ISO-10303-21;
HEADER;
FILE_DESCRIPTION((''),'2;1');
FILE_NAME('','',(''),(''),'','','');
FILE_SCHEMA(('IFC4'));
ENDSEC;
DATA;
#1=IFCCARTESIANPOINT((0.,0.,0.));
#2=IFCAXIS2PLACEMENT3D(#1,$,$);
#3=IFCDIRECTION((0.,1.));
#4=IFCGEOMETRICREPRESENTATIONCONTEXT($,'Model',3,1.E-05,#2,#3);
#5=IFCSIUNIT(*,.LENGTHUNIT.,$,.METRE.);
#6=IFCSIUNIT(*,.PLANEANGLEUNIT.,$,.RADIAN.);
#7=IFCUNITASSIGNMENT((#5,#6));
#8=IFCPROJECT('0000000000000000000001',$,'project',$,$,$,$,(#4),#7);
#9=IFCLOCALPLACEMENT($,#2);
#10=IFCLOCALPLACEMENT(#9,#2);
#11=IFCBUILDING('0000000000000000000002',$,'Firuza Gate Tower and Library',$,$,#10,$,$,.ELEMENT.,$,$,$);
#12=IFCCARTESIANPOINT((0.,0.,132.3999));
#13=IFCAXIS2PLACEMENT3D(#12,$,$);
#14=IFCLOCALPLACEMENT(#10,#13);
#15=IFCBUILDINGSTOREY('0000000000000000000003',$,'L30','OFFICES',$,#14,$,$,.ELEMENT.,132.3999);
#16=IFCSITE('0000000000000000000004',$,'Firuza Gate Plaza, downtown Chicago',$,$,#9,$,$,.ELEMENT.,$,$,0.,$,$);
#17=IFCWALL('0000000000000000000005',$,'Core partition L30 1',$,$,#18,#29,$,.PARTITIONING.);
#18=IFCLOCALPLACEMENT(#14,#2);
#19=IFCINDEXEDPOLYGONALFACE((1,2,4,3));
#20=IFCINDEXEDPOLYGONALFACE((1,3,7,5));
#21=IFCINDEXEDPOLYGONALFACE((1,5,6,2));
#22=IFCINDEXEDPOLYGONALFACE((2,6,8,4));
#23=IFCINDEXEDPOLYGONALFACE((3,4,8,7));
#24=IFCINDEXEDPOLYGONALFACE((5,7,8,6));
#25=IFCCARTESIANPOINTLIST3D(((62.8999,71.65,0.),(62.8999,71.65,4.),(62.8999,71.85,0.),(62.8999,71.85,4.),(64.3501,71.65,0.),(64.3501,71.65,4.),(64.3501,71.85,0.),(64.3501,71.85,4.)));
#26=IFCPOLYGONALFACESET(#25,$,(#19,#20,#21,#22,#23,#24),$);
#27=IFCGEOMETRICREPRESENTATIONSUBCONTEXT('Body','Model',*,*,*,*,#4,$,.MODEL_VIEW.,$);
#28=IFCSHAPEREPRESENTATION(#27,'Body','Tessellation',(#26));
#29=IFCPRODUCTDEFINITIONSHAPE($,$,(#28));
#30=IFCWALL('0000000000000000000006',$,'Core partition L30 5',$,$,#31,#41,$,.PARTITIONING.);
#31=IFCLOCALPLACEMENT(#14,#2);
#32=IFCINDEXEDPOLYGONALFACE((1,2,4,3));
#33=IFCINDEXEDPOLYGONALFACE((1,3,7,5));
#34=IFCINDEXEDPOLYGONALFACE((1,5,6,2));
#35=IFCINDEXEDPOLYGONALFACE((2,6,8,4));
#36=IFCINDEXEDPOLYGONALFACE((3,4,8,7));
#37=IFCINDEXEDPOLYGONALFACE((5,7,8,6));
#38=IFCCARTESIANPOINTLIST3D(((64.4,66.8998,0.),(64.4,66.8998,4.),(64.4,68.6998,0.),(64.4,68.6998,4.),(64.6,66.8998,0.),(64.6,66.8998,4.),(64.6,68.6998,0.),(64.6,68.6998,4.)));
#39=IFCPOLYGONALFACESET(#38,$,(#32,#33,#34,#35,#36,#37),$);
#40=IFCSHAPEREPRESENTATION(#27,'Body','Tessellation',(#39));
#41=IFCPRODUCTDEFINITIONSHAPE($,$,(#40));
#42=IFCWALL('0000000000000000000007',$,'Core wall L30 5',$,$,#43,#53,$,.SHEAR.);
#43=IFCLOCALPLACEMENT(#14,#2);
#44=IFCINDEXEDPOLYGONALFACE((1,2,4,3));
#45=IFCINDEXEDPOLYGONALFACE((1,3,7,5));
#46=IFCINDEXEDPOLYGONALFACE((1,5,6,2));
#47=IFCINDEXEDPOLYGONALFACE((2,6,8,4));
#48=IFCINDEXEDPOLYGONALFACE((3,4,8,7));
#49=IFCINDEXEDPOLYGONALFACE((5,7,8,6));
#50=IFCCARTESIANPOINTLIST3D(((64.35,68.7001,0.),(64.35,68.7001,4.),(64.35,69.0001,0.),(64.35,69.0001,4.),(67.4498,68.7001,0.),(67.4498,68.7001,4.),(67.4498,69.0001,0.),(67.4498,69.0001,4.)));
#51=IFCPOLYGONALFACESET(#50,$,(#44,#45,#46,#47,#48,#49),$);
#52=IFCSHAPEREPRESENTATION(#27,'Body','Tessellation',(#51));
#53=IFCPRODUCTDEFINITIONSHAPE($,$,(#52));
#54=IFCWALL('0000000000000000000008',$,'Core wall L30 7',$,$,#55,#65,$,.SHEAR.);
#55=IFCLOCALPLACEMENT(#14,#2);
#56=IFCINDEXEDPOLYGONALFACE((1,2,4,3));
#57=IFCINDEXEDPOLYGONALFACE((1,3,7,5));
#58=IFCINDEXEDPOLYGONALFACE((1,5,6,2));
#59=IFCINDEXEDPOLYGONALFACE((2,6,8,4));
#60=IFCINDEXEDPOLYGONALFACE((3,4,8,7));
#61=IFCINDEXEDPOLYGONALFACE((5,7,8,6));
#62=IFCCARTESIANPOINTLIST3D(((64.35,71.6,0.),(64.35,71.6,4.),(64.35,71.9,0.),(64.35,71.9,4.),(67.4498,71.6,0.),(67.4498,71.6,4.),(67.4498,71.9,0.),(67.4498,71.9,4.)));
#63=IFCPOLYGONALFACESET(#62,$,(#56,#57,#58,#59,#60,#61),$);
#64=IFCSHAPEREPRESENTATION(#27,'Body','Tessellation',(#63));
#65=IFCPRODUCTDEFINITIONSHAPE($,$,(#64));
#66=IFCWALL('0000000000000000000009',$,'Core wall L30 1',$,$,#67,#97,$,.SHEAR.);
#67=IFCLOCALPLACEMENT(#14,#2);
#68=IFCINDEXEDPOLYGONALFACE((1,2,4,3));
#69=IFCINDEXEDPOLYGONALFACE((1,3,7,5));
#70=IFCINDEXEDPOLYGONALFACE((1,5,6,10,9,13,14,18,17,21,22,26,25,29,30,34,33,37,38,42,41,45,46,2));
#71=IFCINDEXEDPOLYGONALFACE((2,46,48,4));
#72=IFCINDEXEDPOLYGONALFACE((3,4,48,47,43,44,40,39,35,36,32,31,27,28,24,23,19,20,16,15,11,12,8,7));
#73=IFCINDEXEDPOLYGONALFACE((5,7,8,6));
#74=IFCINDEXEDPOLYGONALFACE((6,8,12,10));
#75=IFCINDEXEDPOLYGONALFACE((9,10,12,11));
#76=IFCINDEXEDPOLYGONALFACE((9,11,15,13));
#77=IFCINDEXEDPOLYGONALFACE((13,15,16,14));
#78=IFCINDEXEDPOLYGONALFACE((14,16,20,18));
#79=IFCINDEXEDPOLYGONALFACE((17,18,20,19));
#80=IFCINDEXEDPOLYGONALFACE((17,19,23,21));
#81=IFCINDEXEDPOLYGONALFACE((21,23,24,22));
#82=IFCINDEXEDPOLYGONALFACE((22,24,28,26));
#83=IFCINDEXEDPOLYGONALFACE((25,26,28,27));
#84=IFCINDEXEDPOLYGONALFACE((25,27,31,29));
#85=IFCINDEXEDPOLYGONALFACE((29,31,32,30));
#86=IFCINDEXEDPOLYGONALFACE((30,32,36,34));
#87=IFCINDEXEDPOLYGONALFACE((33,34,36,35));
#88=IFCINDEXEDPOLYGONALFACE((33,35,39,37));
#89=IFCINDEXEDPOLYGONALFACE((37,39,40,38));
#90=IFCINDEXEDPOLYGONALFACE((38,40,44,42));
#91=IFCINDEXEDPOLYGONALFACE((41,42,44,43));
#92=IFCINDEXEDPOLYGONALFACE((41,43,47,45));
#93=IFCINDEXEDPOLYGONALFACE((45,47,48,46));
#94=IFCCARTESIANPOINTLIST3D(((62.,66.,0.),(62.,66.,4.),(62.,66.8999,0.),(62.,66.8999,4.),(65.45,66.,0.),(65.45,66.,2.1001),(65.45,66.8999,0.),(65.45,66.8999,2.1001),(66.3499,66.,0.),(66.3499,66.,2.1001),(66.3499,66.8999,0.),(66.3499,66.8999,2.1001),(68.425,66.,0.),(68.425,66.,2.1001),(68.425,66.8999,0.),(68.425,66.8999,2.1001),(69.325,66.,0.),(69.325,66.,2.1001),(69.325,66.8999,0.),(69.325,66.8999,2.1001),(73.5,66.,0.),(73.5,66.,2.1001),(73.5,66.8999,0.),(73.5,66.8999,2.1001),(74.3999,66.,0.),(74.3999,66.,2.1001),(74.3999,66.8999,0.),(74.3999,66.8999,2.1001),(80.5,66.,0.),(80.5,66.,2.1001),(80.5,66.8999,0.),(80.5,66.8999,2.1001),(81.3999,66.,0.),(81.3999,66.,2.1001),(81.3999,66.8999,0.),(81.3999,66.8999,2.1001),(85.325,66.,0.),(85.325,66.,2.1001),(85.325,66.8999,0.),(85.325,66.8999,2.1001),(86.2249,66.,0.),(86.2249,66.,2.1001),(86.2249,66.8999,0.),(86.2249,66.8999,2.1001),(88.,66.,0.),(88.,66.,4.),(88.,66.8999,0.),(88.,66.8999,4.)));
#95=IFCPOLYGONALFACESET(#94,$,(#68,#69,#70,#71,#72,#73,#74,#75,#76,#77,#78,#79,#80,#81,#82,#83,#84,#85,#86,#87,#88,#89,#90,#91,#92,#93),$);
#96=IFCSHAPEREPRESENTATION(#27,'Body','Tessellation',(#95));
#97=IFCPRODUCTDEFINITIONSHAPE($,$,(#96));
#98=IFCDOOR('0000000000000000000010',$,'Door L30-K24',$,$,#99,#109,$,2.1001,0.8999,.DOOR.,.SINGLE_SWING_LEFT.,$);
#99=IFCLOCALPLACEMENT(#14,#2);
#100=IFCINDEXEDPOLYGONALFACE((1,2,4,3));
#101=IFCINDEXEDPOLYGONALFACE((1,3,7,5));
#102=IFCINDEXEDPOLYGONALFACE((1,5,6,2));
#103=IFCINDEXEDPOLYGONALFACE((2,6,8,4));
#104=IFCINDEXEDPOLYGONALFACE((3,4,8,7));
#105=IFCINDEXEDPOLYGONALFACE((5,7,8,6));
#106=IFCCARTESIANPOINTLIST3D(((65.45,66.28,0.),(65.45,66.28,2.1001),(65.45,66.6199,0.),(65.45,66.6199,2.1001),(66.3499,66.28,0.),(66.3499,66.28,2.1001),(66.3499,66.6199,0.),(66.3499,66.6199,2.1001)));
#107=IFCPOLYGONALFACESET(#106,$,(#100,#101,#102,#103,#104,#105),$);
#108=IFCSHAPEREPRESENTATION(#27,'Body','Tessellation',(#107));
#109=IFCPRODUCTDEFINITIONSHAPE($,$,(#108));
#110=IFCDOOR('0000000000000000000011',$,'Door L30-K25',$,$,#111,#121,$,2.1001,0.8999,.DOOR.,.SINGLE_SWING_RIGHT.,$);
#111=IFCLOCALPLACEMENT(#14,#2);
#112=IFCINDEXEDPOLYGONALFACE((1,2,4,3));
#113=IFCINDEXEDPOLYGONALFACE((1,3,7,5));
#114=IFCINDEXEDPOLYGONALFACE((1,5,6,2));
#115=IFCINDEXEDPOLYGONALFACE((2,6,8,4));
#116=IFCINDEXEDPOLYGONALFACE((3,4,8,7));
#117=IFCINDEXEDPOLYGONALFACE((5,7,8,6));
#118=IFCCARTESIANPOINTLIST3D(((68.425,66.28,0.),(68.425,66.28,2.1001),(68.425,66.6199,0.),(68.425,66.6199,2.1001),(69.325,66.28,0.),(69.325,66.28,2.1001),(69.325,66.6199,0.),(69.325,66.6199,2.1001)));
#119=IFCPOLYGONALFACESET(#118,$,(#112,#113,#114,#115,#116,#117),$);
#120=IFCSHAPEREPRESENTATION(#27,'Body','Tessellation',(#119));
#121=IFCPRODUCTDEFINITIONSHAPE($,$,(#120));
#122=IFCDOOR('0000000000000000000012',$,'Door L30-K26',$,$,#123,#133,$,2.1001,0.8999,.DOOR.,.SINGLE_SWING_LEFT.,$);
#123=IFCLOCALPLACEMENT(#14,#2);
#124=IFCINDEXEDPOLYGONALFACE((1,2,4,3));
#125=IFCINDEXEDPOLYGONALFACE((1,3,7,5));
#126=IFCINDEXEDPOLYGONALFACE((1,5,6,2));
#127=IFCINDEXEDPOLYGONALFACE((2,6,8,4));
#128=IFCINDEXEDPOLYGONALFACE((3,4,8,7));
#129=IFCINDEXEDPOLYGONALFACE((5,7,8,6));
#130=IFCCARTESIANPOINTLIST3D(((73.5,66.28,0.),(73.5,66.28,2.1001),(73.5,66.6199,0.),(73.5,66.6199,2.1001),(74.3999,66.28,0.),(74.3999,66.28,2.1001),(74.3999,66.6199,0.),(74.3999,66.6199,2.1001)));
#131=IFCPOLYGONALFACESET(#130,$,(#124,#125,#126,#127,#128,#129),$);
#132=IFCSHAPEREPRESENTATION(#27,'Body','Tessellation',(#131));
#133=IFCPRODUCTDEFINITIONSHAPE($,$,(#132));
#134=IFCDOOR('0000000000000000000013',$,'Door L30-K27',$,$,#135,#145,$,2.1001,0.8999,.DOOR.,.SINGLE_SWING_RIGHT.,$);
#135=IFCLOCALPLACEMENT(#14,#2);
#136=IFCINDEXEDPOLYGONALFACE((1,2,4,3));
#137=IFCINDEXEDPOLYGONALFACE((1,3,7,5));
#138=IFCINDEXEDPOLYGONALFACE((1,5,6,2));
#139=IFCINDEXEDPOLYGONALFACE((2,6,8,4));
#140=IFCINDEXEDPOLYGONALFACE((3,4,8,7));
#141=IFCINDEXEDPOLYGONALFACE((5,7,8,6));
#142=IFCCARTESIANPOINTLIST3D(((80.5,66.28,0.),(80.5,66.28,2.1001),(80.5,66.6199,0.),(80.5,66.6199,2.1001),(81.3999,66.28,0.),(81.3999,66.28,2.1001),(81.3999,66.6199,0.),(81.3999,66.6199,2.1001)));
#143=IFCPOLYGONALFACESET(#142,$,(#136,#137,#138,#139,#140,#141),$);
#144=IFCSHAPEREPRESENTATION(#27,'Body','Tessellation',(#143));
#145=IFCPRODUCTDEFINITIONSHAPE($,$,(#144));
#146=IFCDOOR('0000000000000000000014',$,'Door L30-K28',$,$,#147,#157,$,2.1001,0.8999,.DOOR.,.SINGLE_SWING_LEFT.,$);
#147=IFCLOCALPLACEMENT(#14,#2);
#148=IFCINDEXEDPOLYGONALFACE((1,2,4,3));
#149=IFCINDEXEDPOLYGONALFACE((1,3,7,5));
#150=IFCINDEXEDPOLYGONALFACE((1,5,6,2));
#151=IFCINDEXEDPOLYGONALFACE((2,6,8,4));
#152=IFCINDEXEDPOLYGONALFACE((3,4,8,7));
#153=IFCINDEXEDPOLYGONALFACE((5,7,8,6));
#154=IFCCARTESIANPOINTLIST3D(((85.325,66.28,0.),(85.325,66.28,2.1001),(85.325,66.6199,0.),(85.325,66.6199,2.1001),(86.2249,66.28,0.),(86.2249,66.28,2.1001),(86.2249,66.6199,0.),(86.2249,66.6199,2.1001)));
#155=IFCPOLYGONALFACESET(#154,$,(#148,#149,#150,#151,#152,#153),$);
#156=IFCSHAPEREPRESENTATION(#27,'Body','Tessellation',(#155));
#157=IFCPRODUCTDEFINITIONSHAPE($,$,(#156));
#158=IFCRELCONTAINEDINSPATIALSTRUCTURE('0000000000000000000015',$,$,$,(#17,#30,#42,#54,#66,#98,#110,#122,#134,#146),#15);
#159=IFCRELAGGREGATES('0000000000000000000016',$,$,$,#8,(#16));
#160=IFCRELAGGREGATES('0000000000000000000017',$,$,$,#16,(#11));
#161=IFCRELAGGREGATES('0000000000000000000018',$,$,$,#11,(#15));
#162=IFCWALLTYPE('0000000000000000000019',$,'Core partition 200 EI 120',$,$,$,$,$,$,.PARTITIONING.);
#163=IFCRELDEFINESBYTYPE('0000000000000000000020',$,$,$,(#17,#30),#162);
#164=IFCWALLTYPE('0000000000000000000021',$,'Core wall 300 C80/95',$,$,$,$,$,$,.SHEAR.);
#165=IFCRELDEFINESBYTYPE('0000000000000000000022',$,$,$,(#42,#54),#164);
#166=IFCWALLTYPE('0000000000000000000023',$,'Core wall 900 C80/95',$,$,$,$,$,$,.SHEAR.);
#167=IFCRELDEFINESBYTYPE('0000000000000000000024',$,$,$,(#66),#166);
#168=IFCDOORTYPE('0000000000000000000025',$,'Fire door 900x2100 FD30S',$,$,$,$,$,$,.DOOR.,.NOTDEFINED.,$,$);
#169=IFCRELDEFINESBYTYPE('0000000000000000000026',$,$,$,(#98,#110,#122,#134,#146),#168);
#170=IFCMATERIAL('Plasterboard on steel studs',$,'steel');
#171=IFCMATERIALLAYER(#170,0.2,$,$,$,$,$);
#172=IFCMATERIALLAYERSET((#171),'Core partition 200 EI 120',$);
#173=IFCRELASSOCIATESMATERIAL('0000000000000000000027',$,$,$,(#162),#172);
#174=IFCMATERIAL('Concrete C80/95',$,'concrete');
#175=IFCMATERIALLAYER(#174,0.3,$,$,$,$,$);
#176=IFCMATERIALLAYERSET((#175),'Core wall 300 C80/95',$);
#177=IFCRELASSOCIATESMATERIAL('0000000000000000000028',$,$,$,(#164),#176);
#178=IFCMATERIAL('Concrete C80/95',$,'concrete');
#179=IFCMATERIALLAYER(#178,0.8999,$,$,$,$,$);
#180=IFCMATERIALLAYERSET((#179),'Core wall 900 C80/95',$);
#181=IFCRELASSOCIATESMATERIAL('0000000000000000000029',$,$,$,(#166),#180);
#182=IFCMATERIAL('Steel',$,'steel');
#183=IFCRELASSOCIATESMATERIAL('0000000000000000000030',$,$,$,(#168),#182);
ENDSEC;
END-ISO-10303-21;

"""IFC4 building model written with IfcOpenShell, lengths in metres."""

from ifc_helpers import new_model, si_unit, direction, frame, frame_2d, origin, place, context, subcontext, project, spatial, rectangle, extrude, material, layer, layer_set, type_object, element, fill, save


model = new_model("IFC4")

# Units and contexts
model_context = context("Model", 3, precision=1e-05, world=origin(), true_north=direction((0.0, 1.0)))
body_context = subcontext(model_context, "Body", "Model", "MODEL_VIEW")
ifc_project = project(units=[si_unit("LENGTHUNIT", "METRE"), si_unit("PLANEANGLEUNIT", "RADIAN")], contexts=[model_context])

# Site, building, storey
site_placement = place(None, origin())
site = spatial("IfcSite", under=ifc_project, at=site_placement, Name="Firuza Gate Plaza, downtown Chicago", CompositionType="ELEMENT", RefElevation=0.0)
building_placement = place(site_placement, origin())
building = spatial("IfcBuilding", under=site, at=building_placement, Name="Firuza Gate Tower and Library", CompositionType="ELEMENT")
storey_placement = place(building_placement, frame((0.0, 0.0, 132.3999)))
storey = spatial("IfcBuildingStorey", under=building, at=storey_placement, Name="L30", Description="OFFICES", CompositionType="ELEMENT", Elevation=132.3999)

# Walls
ifc_material_1 = material(Name="Plasterboard on steel studs", Category="steel")
ifc_layer_1 = layer(ifc_material_1, 0.2)
ifc_layer_set_1 = layer_set([ifc_layer_1], Name="Core partition 200 EI 120")
wall_type_1 = type_object("IfcWallType", Name="Core partition 200 EI 120", PredefinedType="PARTITIONING", material=ifc_layer_set_1)
wall_1_placement = place(storey_placement, frame((62.8999, 71.75, 0.0), z_axis=(0.0, 0.0, 1.0), x_axis=(1.0, 0.0, 0.0)))
element("IfcWall", 1, at=wall_1_placement, inside=storey, type_object=wall_type_1, Name="Core partition L30 1", PredefinedType="PARTITIONING", context=body_context, shape_type="SweptSolid", body=[
    extrude(rectangle(XDim=1.4502, YDim=0.2, at=frame_2d((0.7251, 0.0))), origin(), (0.0, 0.0, 1.0), 4.0),
])
wall_2_placement = place(storey_placement, frame((64.5, 66.8999, 0.0), z_axis=(0.0, 0.0, 1.0), x_axis=(0.0, 1.0, 0.0)))
element("IfcWall", 2, at=wall_2_placement, inside=storey, type_object=wall_type_1, Name="Core partition L30 5", PredefinedType="PARTITIONING", context=body_context, shape_type="SweptSolid", body=[
    extrude(rectangle(XDim=1.8, YDim=0.2, at=frame_2d((0.8999, 0.0))), origin(), (0.0, 0.0, 1.0), 4.0),
])
ifc_material_2 = material(Name="Concrete C80/95", Category="concrete")
ifc_layer_2 = layer(ifc_material_2, 0.3)
ifc_layer_set_2 = layer_set([ifc_layer_2], Name="Core wall 300 C80/95")
wall_type_2 = type_object("IfcWallType", Name="Core wall 300 C80/95", PredefinedType="SHEAR", material=ifc_layer_set_2)
for number, where, z_axis, x_axis, name in (
    (3, (64.3501, 68.8501, 0.0), (0.0, 0.0, 1.0), (1.0, 0.0, 0.0), "Core wall L30 5"),
    (4, (64.3501, 71.75, 0.0), (0.0, 0.0, 1.0), (1.0, 0.0, 0.0), "Core wall L30 7"),
):
    element("IfcWall", number, at=place(storey_placement, frame(where, z_axis=z_axis, x_axis=x_axis)), inside=storey, type_object=wall_type_2, Name=name, PredefinedType="SHEAR", context=body_context, shape_type="SweptSolid", body=[
        extrude(rectangle(XDim=3.0999, YDim=0.3, at=frame_2d((1.5498, 0.0))), origin(), (0.0, 0.0, 1.0), 4.0),
    ])

# Wall, openings, doors
ifc_material_3 = material(Name="Concrete C80/95", Category="concrete")
ifc_layer_3 = layer(ifc_material_3, 0.8999)
ifc_layer_set_3 = layer_set([ifc_layer_3], Name="Core wall 900 C80/95")
wall_type_3 = type_object("IfcWallType", Name="Core wall 900 C80/95", PredefinedType="SHEAR", material=ifc_layer_set_3)
wall_3_placement = place(storey_placement, frame((62.0, 66.45, 0.0), z_axis=(0.0, 0.0, 1.0), x_axis=(1.0, 0.0, 0.0)))
wall_3 = element("IfcWall", 5, at=wall_3_placement, inside=storey, type_object=wall_type_3, Name="Core wall L30 1", PredefinedType="SHEAR", context=body_context, shape_type="SweptSolid", body=[
    extrude(rectangle(XDim=26.0, YDim=0.8999, at=frame_2d((13.0, 0.0))), origin(), (0.0, 0.0, 1.0), 4.0),
])
opening_1_placement = place(wall_3_placement, frame((3.45, 0.0, 0.0)))
opening_1 = element("IfcOpeningElement", 6, at=opening_1_placement, cuts=wall_3, PredefinedType="OPENING", context=body_context, shape_type="SweptSolid", body=[
    extrude(rectangle(XDim=0.8999, YDim=2.1001, at=frame_2d((0.45, 1.05))), frame((0.0, 0.46, 0.0), z_axis=(0.0, -1.0, 0.0), x_axis=(1.0, 0.0, 0.0)), (0.0, 0.0, 1.0), 0.9199),
])
opening_2_placement = place(wall_3_placement, frame((6.425, 0.0, 0.0)))
opening_2 = element("IfcOpeningElement", 7, at=opening_2_placement, cuts=wall_3, PredefinedType="OPENING", context=body_context, shape_type="SweptSolid", body=[
    extrude(rectangle(XDim=0.8999, YDim=2.1001, at=frame_2d((0.45, 1.05))), frame((0.0, 0.46, 0.0), z_axis=(0.0, -1.0, 0.0), x_axis=(1.0, 0.0, 0.0)), (0.0, 0.0, 1.0), 0.9199),
])
opening_3_placement = place(wall_3_placement, frame((11.5, 0.0, 0.0)))
opening_3 = element("IfcOpeningElement", 8, at=opening_3_placement, cuts=wall_3, PredefinedType="OPENING", context=body_context, shape_type="SweptSolid", body=[
    extrude(rectangle(XDim=0.8999, YDim=2.1001, at=frame_2d((0.45, 1.05))), frame((0.0, 0.46, 0.0), z_axis=(0.0, -1.0, 0.0), x_axis=(1.0, 0.0, 0.0)), (0.0, 0.0, 1.0), 0.9199),
])
opening_4_placement = place(wall_3_placement, frame((18.5, 0.0, 0.0)))
opening_4 = element("IfcOpeningElement", 9, at=opening_4_placement, cuts=wall_3, PredefinedType="OPENING", context=body_context, shape_type="SweptSolid", body=[
    extrude(rectangle(XDim=0.8999, YDim=2.1001, at=frame_2d((0.45, 1.05))), frame((0.0, 0.46, 0.0), z_axis=(0.0, -1.0, 0.0), x_axis=(1.0, 0.0, 0.0)), (0.0, 0.0, 1.0), 0.9199),
])
opening_5_placement = place(wall_3_placement, frame((23.325, 0.0, 0.0)))
opening_5 = element("IfcOpeningElement", 10, at=opening_5_placement, cuts=wall_3, PredefinedType="OPENING", context=body_context, shape_type="SweptSolid", body=[
    extrude(rectangle(XDim=0.8999, YDim=2.1001, at=frame_2d((0.45, 1.05))), frame((0.0, 0.46, 0.0), z_axis=(0.0, -1.0, 0.0), x_axis=(1.0, 0.0, 0.0)), (0.0, 0.0, 1.0), 0.9199),
])
ifc_material_4 = material(Name="Steel", Category="steel")
door_type_1 = type_object("IfcDoorType", Name="Fire door 900x2100 FD30S", OperationType="NOTDEFINED", PredefinedType="DOOR", material=ifc_material_4)
door_1_placement = place(opening_1_placement, origin())
door_1 = element("IfcDoor", 11, at=door_1_placement, inside=storey, type_object=door_type_1, Name="Door L30-K24", OperationType="SINGLE_SWING_LEFT", OverallHeight=2.1001, OverallWidth=0.8999, PredefinedType="DOOR", context=body_context, shape_type="SweptSolid", body=[
    extrude(rectangle(XDim=0.8999, YDim=2.1001, at=frame_2d((0.45, 1.05))), frame((0.0, 0.1699, 0.0), z_axis=(0.0, -1.0, 0.0), x_axis=(1.0, 0.0, 0.0)), (0.0, 0.0, 1.0), 0.3398),
])
fill(opening_1, door_1)
door_2_placement = place(opening_2_placement, origin())
door_2 = element("IfcDoor", 12, at=door_2_placement, inside=storey, type_object=door_type_1, Name="Door L30-K25", OperationType="SINGLE_SWING_RIGHT", OverallHeight=2.1001, OverallWidth=0.8999, PredefinedType="DOOR", context=body_context, shape_type="SweptSolid", body=[
    extrude(rectangle(XDim=0.8999, YDim=2.1001, at=frame_2d((0.45, 1.05))), frame((0.0, 0.1699, 0.0), z_axis=(0.0, -1.0, 0.0), x_axis=(1.0, 0.0, 0.0)), (0.0, 0.0, 1.0), 0.3398),
])
fill(opening_2, door_2)
door_3_placement = place(opening_3_placement, origin())
door_3 = element("IfcDoor", 13, at=door_3_placement, inside=storey, type_object=door_type_1, Name="Door L30-K26", OperationType="SINGLE_SWING_LEFT", OverallHeight=2.1001, OverallWidth=0.8999, PredefinedType="DOOR", context=body_context, shape_type="SweptSolid", body=[
    extrude(rectangle(XDim=0.8999, YDim=2.1001, at=frame_2d((0.45, 1.05))), frame((0.0, 0.1699, 0.0), z_axis=(0.0, -1.0, 0.0), x_axis=(1.0, 0.0, 0.0)), (0.0, 0.0, 1.0), 0.3398),
])
fill(opening_3, door_3)
door_4_placement = place(opening_4_placement, origin())
door_4 = element("IfcDoor", 14, at=door_4_placement, inside=storey, type_object=door_type_1, Name="Door L30-K27", OperationType="SINGLE_SWING_RIGHT", OverallHeight=2.1001, OverallWidth=0.8999, PredefinedType="DOOR", context=body_context, shape_type="SweptSolid", body=[
    extrude(rectangle(XDim=0.8999, YDim=2.1001, at=frame_2d((0.45, 1.05))), frame((0.0, 0.1699, 0.0), z_axis=(0.0, -1.0, 0.0), x_axis=(1.0, 0.0, 0.0)), (0.0, 0.0, 1.0), 0.3398),
])
fill(opening_4, door_4)
door_5_placement = place(opening_5_placement, origin())
door_5 = element("IfcDoor", 15, at=door_5_placement, inside=storey, type_object=door_type_1, Name="Door L30-K28", OperationType="SINGLE_SWING_LEFT", OverallHeight=2.1001, OverallWidth=0.8999, PredefinedType="DOOR", context=body_context, shape_type="SweptSolid", body=[
    extrude(rectangle(XDim=0.8999, YDim=2.1001, at=frame_2d((0.45, 1.05))), frame((0.0, 0.1699, 0.0), z_axis=(0.0, -1.0, 0.0), x_axis=(1.0, 0.0, 0.0)), (0.0, 0.0, 1.0), 0.3398),
])
fill(opening_5, door_5)

save(model, "model.ifc")
